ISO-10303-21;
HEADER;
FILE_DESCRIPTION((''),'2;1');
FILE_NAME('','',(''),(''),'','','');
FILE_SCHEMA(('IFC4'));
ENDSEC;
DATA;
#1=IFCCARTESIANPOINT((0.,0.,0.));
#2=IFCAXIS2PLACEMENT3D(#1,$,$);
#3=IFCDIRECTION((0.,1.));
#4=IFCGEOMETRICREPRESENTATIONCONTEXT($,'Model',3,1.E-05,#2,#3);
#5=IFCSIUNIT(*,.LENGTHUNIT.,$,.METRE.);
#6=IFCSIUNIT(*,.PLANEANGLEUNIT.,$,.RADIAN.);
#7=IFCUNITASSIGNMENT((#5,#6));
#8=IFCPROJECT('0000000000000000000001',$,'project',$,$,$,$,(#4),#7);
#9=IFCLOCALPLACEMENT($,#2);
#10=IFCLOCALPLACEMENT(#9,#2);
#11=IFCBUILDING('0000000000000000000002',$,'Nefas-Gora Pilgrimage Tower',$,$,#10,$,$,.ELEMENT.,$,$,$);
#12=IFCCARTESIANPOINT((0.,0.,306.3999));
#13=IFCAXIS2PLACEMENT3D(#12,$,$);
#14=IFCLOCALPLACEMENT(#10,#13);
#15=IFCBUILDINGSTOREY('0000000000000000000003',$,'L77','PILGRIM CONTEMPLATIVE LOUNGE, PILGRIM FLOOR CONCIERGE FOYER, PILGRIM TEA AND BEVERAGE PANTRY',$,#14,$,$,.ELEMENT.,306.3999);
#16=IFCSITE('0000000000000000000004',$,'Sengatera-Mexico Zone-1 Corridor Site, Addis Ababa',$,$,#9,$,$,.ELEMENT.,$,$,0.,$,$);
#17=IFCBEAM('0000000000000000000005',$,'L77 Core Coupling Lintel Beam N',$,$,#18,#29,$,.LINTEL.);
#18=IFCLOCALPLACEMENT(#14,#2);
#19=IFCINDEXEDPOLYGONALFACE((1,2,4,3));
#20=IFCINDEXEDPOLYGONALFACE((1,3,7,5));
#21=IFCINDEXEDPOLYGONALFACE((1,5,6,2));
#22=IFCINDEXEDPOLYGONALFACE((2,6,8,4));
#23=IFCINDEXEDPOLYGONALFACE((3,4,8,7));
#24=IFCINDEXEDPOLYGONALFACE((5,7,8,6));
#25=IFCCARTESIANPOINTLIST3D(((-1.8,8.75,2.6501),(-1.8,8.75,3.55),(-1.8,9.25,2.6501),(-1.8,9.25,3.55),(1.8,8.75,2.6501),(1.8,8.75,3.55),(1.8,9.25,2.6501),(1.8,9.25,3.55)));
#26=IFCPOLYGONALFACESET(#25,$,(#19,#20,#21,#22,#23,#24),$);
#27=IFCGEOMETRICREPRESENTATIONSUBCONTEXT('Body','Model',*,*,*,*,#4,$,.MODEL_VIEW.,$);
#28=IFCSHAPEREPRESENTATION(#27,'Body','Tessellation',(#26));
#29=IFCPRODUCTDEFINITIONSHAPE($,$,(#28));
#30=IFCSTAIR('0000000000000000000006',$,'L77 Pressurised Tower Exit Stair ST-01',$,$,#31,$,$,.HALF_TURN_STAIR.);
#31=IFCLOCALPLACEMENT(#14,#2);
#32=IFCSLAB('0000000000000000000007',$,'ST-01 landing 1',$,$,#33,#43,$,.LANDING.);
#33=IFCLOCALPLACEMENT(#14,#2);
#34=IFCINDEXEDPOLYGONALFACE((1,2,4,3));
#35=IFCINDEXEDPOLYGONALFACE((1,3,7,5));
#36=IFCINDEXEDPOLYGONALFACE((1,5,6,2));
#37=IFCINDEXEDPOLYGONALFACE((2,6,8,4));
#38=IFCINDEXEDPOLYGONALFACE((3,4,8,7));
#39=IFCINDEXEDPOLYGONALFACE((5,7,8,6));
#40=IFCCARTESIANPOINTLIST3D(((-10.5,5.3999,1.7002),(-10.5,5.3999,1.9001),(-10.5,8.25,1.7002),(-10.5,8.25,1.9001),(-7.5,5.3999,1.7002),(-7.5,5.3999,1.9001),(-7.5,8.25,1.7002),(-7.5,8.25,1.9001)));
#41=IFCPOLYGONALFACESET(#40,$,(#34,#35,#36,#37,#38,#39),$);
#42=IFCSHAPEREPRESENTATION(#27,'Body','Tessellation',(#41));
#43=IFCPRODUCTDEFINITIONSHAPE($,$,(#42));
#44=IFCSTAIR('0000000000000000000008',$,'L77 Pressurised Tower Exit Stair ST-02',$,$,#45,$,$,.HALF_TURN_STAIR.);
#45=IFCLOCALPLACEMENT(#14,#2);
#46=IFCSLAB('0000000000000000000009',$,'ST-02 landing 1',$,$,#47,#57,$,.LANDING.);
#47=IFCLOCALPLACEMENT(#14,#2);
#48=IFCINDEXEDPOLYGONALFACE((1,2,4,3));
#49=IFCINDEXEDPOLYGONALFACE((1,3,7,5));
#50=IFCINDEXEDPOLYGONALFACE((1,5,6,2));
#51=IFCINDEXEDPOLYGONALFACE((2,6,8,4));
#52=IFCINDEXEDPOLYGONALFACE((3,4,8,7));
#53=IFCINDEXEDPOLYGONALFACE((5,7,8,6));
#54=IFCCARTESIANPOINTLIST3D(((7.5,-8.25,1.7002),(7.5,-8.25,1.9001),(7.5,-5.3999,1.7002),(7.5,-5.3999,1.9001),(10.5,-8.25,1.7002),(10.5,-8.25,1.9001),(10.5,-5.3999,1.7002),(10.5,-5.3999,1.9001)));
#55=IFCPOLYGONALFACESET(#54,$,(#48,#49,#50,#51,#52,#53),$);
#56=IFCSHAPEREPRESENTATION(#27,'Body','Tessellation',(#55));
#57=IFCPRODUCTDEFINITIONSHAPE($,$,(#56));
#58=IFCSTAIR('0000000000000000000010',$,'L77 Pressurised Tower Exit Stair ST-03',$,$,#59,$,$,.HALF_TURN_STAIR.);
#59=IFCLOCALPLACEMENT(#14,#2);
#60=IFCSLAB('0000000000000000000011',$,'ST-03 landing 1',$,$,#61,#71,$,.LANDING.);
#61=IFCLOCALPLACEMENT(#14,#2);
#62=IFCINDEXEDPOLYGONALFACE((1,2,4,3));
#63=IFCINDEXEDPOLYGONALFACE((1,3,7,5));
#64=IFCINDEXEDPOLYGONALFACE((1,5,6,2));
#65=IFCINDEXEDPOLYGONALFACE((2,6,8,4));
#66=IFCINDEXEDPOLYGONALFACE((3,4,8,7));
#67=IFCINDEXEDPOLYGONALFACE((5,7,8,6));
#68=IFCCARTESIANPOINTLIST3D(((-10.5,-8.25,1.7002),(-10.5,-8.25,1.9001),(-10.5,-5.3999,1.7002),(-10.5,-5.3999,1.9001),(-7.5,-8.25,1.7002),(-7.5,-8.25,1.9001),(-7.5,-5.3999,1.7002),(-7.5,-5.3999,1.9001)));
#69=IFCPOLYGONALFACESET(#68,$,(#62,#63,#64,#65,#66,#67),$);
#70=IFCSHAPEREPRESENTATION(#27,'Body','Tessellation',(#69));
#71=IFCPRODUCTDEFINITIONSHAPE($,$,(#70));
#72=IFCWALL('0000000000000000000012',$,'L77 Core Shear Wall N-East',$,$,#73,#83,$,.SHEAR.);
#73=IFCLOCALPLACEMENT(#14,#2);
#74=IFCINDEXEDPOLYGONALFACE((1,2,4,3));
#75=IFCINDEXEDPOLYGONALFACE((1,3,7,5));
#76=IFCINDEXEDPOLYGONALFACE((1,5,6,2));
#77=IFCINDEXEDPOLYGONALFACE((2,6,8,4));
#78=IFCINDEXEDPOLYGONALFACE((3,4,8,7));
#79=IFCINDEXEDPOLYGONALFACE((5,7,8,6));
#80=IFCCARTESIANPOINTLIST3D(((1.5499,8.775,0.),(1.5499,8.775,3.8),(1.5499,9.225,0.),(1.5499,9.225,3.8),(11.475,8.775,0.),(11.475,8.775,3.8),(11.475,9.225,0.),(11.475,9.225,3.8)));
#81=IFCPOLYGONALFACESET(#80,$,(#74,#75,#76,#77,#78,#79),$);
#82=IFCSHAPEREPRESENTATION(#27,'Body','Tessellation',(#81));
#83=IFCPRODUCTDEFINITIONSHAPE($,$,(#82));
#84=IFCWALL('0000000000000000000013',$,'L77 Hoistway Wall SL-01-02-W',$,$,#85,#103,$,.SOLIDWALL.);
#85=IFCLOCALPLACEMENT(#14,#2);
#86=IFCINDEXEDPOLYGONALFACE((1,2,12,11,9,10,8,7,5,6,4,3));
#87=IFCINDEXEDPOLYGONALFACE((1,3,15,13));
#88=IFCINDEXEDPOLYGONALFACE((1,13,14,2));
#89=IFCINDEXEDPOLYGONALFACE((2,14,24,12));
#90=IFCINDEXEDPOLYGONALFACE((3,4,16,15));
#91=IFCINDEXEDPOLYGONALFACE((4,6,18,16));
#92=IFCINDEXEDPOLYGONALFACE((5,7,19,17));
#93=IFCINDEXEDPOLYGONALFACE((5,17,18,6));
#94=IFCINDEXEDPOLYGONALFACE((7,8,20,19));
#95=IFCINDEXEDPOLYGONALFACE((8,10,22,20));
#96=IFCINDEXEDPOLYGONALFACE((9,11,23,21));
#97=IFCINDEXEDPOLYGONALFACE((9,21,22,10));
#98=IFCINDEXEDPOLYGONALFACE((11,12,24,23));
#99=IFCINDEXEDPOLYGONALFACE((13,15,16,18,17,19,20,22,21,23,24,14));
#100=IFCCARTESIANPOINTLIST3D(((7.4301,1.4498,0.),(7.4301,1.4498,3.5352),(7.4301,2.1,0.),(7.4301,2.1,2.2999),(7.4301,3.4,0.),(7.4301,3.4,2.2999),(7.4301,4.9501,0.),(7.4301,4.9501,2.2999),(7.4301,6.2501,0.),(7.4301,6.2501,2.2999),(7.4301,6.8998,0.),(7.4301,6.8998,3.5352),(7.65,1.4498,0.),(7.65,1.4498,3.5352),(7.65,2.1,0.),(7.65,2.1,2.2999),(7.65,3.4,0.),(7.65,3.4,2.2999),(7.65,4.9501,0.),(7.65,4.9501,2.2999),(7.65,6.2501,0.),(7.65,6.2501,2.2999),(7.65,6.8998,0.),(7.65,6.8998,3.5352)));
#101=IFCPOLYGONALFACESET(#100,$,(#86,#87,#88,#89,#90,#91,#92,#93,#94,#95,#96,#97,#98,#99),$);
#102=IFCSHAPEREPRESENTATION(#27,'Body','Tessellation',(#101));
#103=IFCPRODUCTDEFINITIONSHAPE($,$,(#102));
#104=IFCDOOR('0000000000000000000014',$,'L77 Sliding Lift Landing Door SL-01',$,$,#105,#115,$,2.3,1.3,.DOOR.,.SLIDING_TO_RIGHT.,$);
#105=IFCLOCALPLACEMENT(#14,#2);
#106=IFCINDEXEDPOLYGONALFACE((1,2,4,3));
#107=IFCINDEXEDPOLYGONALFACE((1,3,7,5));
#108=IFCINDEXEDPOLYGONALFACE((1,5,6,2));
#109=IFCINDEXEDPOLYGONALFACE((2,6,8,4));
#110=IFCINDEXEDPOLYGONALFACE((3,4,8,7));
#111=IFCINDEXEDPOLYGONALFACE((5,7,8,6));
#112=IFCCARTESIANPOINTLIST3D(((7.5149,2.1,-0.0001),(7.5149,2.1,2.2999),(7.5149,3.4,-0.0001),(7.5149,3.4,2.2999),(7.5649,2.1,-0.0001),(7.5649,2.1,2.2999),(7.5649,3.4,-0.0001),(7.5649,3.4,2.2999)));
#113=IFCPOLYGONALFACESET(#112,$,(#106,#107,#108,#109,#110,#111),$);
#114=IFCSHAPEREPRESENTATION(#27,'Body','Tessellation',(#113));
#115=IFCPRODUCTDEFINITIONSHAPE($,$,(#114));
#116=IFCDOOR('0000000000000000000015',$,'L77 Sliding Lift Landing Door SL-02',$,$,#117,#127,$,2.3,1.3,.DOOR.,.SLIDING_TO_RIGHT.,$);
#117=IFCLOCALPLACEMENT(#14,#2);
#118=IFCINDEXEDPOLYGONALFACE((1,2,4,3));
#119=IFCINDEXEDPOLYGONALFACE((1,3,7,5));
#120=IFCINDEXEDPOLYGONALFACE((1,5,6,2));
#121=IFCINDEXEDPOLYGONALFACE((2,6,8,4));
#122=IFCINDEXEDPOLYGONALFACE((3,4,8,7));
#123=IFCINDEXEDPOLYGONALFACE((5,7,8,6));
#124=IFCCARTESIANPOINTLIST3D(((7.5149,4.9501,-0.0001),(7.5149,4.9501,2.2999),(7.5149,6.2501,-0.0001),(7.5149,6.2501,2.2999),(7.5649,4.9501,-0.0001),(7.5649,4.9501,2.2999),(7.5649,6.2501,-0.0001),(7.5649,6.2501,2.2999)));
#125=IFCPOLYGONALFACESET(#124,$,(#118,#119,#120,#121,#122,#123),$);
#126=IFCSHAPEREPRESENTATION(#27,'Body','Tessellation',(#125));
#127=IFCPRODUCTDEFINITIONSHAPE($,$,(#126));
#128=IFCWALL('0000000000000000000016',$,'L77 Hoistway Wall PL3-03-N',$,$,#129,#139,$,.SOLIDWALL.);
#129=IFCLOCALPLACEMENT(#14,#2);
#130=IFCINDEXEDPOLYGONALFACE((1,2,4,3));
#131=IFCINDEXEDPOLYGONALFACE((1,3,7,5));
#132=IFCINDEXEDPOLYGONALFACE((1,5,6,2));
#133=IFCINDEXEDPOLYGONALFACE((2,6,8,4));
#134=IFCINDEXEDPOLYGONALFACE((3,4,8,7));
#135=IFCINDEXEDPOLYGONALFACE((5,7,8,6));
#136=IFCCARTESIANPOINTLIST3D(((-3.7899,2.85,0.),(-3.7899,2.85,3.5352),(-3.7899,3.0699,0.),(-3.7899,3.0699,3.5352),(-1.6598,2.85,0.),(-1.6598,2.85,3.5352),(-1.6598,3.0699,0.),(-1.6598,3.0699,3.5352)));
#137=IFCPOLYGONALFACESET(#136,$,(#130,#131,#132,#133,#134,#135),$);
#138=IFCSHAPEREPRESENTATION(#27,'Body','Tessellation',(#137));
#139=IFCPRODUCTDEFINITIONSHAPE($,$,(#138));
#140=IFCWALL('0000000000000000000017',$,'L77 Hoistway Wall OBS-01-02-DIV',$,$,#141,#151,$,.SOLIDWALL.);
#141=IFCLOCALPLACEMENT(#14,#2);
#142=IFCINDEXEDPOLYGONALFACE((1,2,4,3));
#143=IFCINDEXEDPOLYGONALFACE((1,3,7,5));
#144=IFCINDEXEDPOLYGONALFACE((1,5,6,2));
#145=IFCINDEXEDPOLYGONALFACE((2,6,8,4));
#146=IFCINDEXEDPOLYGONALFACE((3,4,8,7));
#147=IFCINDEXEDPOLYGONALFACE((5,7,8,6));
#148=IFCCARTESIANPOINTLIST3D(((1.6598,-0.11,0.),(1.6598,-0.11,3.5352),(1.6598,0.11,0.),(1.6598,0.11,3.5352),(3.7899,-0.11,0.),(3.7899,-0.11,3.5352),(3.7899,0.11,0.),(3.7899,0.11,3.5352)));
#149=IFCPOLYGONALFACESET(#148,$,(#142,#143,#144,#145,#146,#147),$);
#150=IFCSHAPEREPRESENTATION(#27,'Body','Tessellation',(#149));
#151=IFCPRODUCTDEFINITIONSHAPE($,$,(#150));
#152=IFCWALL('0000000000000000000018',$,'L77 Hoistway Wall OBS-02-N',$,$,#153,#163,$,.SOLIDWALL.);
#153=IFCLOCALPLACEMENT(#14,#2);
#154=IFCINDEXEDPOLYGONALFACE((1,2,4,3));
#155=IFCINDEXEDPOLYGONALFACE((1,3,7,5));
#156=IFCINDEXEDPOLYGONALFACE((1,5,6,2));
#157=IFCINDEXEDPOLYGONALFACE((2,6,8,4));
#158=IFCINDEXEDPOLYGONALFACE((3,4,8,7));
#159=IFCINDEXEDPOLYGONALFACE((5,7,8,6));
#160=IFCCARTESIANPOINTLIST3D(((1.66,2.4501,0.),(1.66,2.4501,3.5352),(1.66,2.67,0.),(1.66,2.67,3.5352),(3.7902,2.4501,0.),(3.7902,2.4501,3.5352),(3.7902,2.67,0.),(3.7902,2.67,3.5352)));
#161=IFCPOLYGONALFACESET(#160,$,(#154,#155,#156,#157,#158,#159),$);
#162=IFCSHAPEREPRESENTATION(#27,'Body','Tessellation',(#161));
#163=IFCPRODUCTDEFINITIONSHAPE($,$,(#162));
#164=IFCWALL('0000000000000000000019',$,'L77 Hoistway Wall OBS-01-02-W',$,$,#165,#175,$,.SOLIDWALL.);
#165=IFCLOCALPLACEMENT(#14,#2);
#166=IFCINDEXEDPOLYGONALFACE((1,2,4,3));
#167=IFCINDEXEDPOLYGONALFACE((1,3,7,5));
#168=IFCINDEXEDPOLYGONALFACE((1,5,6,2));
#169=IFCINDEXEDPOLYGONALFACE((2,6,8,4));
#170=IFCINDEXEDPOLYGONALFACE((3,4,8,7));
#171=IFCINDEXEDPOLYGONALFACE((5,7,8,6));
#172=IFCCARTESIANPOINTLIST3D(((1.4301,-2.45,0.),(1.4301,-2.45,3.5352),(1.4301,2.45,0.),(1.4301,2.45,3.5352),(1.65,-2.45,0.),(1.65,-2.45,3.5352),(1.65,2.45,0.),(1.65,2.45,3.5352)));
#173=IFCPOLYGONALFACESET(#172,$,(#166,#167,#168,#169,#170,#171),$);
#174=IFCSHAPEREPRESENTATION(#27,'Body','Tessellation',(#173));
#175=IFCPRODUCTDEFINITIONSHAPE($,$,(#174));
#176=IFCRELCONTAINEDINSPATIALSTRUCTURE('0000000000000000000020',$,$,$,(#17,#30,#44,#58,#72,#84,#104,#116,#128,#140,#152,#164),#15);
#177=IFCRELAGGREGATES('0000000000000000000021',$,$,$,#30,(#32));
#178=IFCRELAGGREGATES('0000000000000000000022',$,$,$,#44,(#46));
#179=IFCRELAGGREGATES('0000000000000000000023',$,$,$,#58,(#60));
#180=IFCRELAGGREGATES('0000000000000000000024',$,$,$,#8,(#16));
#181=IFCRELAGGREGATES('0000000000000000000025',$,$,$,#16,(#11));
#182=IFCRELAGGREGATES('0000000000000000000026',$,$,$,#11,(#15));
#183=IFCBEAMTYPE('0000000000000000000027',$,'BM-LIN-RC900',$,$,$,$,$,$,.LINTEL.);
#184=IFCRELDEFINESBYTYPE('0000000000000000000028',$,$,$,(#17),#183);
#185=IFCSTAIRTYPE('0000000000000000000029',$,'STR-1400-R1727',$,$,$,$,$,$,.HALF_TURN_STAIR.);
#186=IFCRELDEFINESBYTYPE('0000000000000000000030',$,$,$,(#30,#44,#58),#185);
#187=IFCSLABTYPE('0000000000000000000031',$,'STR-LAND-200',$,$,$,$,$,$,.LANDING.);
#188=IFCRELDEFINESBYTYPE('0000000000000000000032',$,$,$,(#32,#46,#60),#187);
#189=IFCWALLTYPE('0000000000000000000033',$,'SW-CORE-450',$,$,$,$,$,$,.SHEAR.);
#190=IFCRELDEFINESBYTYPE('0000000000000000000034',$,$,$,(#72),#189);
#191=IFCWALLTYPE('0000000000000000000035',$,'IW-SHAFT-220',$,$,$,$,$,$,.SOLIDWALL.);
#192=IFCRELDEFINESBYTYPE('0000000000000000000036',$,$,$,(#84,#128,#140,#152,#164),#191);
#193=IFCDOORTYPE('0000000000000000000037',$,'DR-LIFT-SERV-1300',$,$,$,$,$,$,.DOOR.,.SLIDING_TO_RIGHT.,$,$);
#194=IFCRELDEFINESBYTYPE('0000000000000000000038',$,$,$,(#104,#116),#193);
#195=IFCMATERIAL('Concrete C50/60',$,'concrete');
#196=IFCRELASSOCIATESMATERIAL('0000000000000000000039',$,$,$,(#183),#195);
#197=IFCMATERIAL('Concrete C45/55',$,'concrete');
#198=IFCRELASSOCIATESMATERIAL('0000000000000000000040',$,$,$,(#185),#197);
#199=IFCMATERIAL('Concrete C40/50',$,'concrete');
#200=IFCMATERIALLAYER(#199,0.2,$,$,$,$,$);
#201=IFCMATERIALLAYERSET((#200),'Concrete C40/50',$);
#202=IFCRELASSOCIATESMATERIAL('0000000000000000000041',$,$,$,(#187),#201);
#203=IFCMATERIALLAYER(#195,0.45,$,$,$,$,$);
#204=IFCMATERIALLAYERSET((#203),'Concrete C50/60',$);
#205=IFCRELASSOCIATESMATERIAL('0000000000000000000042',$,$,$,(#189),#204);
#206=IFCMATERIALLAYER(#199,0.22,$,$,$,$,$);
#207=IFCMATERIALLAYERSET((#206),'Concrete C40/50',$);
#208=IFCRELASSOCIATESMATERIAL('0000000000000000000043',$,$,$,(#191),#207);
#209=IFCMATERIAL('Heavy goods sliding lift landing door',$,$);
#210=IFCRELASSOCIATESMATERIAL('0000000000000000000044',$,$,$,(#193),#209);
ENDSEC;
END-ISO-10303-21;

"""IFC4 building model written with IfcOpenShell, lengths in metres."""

from ifc_helpers import new_model, si_unit, direction, frame, frame_2d, origin, origin_2d, place, context, subcontext, project, spatial, polyline, rectangle, outline, extrude, source, transform, mapped, material, layer, layer_set, material_profile, profile_set, type_object, element, fill, aggregate, save


model = new_model("IFC4")

# Units and contexts
model_context = context("Model", 3, precision=1e-05, world=origin(), true_north=direction((0.0, 1.0)))
body_context = subcontext(model_context, "Body", "Model", "MODEL_VIEW")
ifc_project = project(units=[si_unit("LENGTHUNIT", "METRE"), si_unit("PLANEANGLEUNIT", "RADIAN")], contexts=[model_context])

# Site, building, storey
site_placement = place(None, origin())
site = spatial("IfcSite", under=ifc_project, at=site_placement, Name="Sengatera-Mexico Zone-1 Corridor Site, Addis Ababa", CompositionType="ELEMENT", RefElevation=0.0)
building_placement = place(site_placement, origin())
building = spatial("IfcBuilding", under=site, at=building_placement, Name="Nefas-Gora Pilgrimage Tower", CompositionType="ELEMENT")
storey_placement = place(building_placement, frame((0.0, 0.0, 306.3999)))
storey = spatial("IfcBuildingStorey", under=building, at=storey_placement, Name="L77", Description="PILGRIM CONTEMPLATIVE LOUNGE, PILGRIM FLOOR CONCIERGE FOYER, PILGRIM TEA AND BEVERAGE PANTRY", CompositionType="ELEMENT", Elevation=306.3999)

# Beam
ifc_material_1 = material(Name="Concrete C50/60", Category="concrete")
ifc_material_profile = material_profile(ifc_material_1, rectangle(XDim=0.5, YDim=0.8999, at=origin_2d()), Name="RC 500x900")
ifc_profile_set = profile_set([ifc_material_profile], Name="Concrete C50/60")
beam_type = type_object("IfcBeamType", Name="BM-LIN-RC900", PredefinedType="LINTEL", material=ifc_profile_set)
shared_shape_1 = source(origin(), body_context, "Body", "SweptSolid", [
    extrude(rectangle(XDim=0.5, YDim=0.8999, at=origin_2d()), origin(), (0.0, 0.0, 1.0), 3.6001),
])
beam_placement = place(storey_placement, frame((-1.8, 9.0, 3.1001), z_axis=(1.0, 0.0, 0.0), x_axis=(0.0, 1.0, 0.0)))
element("IfcBeam", 1, at=beam_placement, inside=storey, type_object=beam_type, Name="L77 Core Coupling Lintel Beam N", PredefinedType="LINTEL", context=body_context, shape_type="MappedRepresentation", body=[
    mapped(shared_shape_1, transform((0.0, 0.0, 0.0), x_axis=(1.0, 0.0, 0.0), y_axis=(0.0, 1.0, 0.0), z_axis=(0.0, 0.0, 1.0), scale=1.0)),
])

# Stairs, slabs
ifc_material_2 = material(Name="Concrete C45/55", Category="concrete")
stair_type = type_object("IfcStairType", Name="STR-1400-R1727", PredefinedType="HALF_TURN_STAIR", material=ifc_material_2)
stair_1_placement = place(storey_placement, origin())
stair_1 = element("IfcStair", 2, at=stair_1_placement, inside=storey, type_object=stair_type, Name="L77 Pressurised Tower Exit Stair ST-01", PredefinedType="HALF_TURN_STAIR")
ifc_material_3 = material(Name="Concrete C40/50", Category="concrete")
ifc_layer_1 = layer(ifc_material_3, 0.2)
ifc_layer_set_1 = layer_set([ifc_layer_1], Name="Concrete C40/50")
slab_type = type_object("IfcSlabType", Name="STR-LAND-200", PredefinedType="LANDING", material=ifc_layer_set_1)
slab_1_placement = place(storey_placement, frame((0.0, 0.0, 1.7002)))
slab_1 = element("IfcSlab", 3, at=slab_1_placement, type_object=slab_type, Name="ST-01 landing 1", PredefinedType="LANDING", context=body_context, shape_type="SweptSolid", body=[
    extrude(outline(polyline([(-7.5, 5.3999), (-7.5, 8.25), (-10.5, 8.25), (-10.5, 5.3999), (-7.5, 5.3999)])), origin(), (0.0, 0.0, 1.0), 0.2),
])
aggregate(stair_1, [slab_1])
stair_2_placement = place(storey_placement, origin())
stair_2 = element("IfcStair", 4, at=stair_2_placement, inside=storey, type_object=stair_type, Name="L77 Pressurised Tower Exit Stair ST-02", PredefinedType="HALF_TURN_STAIR")
slab_2_placement = place(storey_placement, frame((0.0, 0.0, 1.7002)))
slab_2 = element("IfcSlab", 5, at=slab_2_placement, type_object=slab_type, Name="ST-02 landing 1", PredefinedType="LANDING", context=body_context, shape_type="SweptSolid", body=[
    extrude(outline(polyline([(7.5, -5.3999), (7.5, -8.25), (10.5, -8.25), (10.5, -5.3999), (7.5, -5.3999)])), origin(), (0.0, 0.0, 1.0), 0.2),
])
aggregate(stair_2, [slab_2])
stair_3_placement = place(storey_placement, origin())
stair_3 = element("IfcStair", 6, at=stair_3_placement, inside=storey, type_object=stair_type, Name="L77 Pressurised Tower Exit Stair ST-03", PredefinedType="HALF_TURN_STAIR")
slab_3_placement = place(storey_placement, frame((0.0, 0.0, 1.7002)))
slab_3 = element("IfcSlab", 7, at=slab_3_placement, type_object=slab_type, Name="ST-03 landing 1", PredefinedType="LANDING", context=body_context, shape_type="SweptSolid", body=[
    extrude(outline(polyline([(-10.5, -5.3999), (-10.5, -8.25), (-7.5, -8.25), (-7.5, -5.3999), (-10.5, -5.3999)])), origin(), (0.0, 0.0, 1.0), 0.2),
])
aggregate(stair_3, [slab_3])

# Wall
ifc_layer_2 = layer(ifc_material_1, 0.45)
ifc_layer_set_2 = layer_set([ifc_layer_2], Name="Concrete C50/60")
wall_type_1 = type_object("IfcWallType", Name="SW-CORE-450", PredefinedType="SHEAR", material=ifc_layer_set_2)
shared_shape_2 = source(origin(), body_context, "Body", "SweptSolid", [
    extrude(rectangle(XDim=9.925, YDim=0.45, at=frame_2d((4.9624, 0.0))), origin(), (0.0, 0.0, 1.0), 3.8),
])
wall_1_placement = place(storey_placement, frame((1.55, 9.0, 0.0), z_axis=(0.0, 0.0, 1.0), x_axis=(1.0, 0.0, 0.0)))
element("IfcWall", 8, at=wall_1_placement, inside=storey, type_object=wall_type_1, Name="L77 Core Shear Wall N-East", PredefinedType="SHEAR", context=body_context, shape_type="MappedRepresentation", body=[
    mapped(shared_shape_2, transform((0.0, 0.0, 0.0), x_axis=(1.0, 0.0, 0.0), y_axis=(0.0, 1.0, 0.0), z_axis=(0.0, 0.0, 1.0), scale=1.0)),
])

# Wall, openings, doors
ifc_layer_3 = layer(ifc_material_3, 0.22)
ifc_layer_set_3 = layer_set([ifc_layer_3], Name="Concrete C40/50")
wall_type_2 = type_object("IfcWallType", Name="IW-SHAFT-220", PredefinedType="SOLIDWALL", material=ifc_layer_set_3)
shared_shape_3 = source(origin(), body_context, "Body", "SweptSolid", [
    extrude(rectangle(XDim=5.45, YDim=0.22, at=frame_2d((2.7251, 0.0))), origin(), (0.0, 0.0, 1.0), 3.5352),
])
wall_2_placement = place(storey_placement, frame((7.54, 6.8999, 0.0), z_axis=(0.0, 0.0, 1.0), x_axis=(0.0, -1.0, 0.0)))
wall_2 = element("IfcWall", 9, at=wall_2_placement, inside=storey, type_object=wall_type_2, Name="L77 Hoistway Wall SL-01-02-W", PredefinedType="SOLIDWALL", context=body_context, shape_type="MappedRepresentation", body=[
    mapped(shared_shape_3, transform((0.0, 0.0, 0.0), x_axis=(1.0, 0.0, 0.0), y_axis=(0.0, 1.0, 0.0), z_axis=(0.0, 0.0, 1.0), scale=1.0)),
])
opening_1_placement = place(wall_2_placement, frame((3.5, 0.0, 0.0)))
opening_1 = element("IfcOpeningElement", 10, at=opening_1_placement, cuts=wall_2, PredefinedType="OPENING", context=body_context, shape_type="SweptSolid", body=[
    extrude(rectangle(XDim=1.3, YDim=2.3, at=frame_2d((0.6499, 1.1499))), frame((0.0, 0.1199, 0.0), z_axis=(0.0, -1.0, 0.0), x_axis=(1.0, 0.0, 0.0)), (0.0, 0.0, 1.0), 0.24),
])
opening_2_placement = place(wall_2_placement, frame((0.6499, 0.0, 0.0)))
opening_2 = element("IfcOpeningElement", 11, at=opening_2_placement, cuts=wall_2, PredefinedType="OPENING", context=body_context, shape_type="SweptSolid", body=[
    extrude(rectangle(XDim=1.3, YDim=2.3, at=frame_2d((0.6499, 1.1499))), frame((0.0, 0.1199, 0.0), z_axis=(0.0, -1.0, 0.0), x_axis=(1.0, 0.0, 0.0)), (0.0, 0.0, 1.0), 0.24),
])
ifc_material_4 = material(Name="Heavy goods sliding lift landing door")
door_type_1 = type_object("IfcDoorType", Name="DR-LIFT-SERV-1300", OperationType="SLIDING_TO_RIGHT", PredefinedType="DOOR", material=ifc_material_4)
shared_shape_4 = source(origin(), body_context, "Body", "SweptSolid", [
    extrude(rectangle(XDim=1.3, YDim=2.3, at=frame_2d((0.6499, 1.1499))), frame((0.0, 0.0249, 0.0), z_axis=(0.0, -1.0, 0.0), x_axis=(1.0, 0.0, 0.0)), (0.0, 0.0, 1.0), 0.05),
])
door_1_placement = place(opening_1_placement, origin())
door_1 = element("IfcDoor", 12, at=door_1_placement, inside=storey, type_object=door_type_1, Name="L77 Sliding Lift Landing Door SL-01", OperationType="SLIDING_TO_RIGHT", OverallHeight=2.3, OverallWidth=1.3, PredefinedType="DOOR", context=body_context, shape_type="MappedRepresentation", body=[
    mapped(shared_shape_4, transform((0.0, 0.0, 0.0), x_axis=(1.0, 0.0, 0.0), y_axis=(0.0, 1.0, 0.0), z_axis=(0.0, 0.0, 1.0), scale=1.0)),
])
fill(opening_1, door_1)
door_2_placement = place(opening_2_placement, origin())
door_2 = element("IfcDoor", 13, at=door_2_placement, inside=storey, type_object=door_type_1, Name="L77 Sliding Lift Landing Door SL-02", OperationType="SLIDING_TO_RIGHT", OverallHeight=2.3, OverallWidth=1.3, PredefinedType="DOOR", context=body_context, shape_type="MappedRepresentation", body=[
    mapped(shared_shape_4, transform((0.0, 0.0, 0.0), x_axis=(1.0, 0.0, 0.0), y_axis=(0.0, 1.0, 0.0), z_axis=(0.0, 0.0, 1.0), scale=1.0)),
])
fill(opening_2, door_2)

# Walls
shared_shape_5 = source(origin(), body_context, "Body", "SweptSolid", [
    extrude(rectangle(XDim=2.1301, YDim=0.22, at=frame_2d((1.0649, 0.0))), origin(), (0.0, 0.0, 1.0), 3.5352),
])
for number, where, z_axis, x_axis, name in (
    (14, (-1.6599, 2.96, 0.0), (0.0, 0.0, 1.0), (-1.0, 0.0, 0.0), "L77 Hoistway Wall PL3-03-N"),
    (15, (1.6599, 0.0, 0.0), (0.0, 0.0, 1.0), (1.0, 0.0, 0.0), "L77 Hoistway Wall OBS-01-02-DIV"),
    (16, (3.79, 2.5601, 0.0), (0.0, 0.0, 1.0), (-1.0, 0.0, 0.0), "L77 Hoistway Wall OBS-02-N"),
):
    element("IfcWall", number, at=place(storey_placement, frame(where, z_axis=z_axis, x_axis=x_axis)), inside=storey, type_object=wall_type_2, Name=name, PredefinedType="SOLIDWALL", context=body_context, shape_type="MappedRepresentation", body=[
        mapped(shared_shape_5, transform((0.0, 0.0, 0.0), x_axis=(1.0, 0.0, 0.0), y_axis=(0.0, 1.0, 0.0), z_axis=(0.0, 0.0, 1.0), scale=1.0)),
    ])
shared_shape_6 = source(origin(), body_context, "Body", "SweptSolid", [
    extrude(rectangle(XDim=4.8999, YDim=0.22, at=frame_2d((2.45, 0.0))), origin(), (0.0, 0.0, 1.0), 3.5352),
])
wall_3_placement = place(storey_placement, frame((1.54, 2.45, 0.0), z_axis=(0.0, 0.0, 1.0), x_axis=(0.0, -1.0, 0.0)))
element("IfcWall", 17, at=wall_3_placement, inside=storey, type_object=wall_type_2, Name="L77 Hoistway Wall OBS-01-02-W", PredefinedType="SOLIDWALL", context=body_context, shape_type="MappedRepresentation", body=[
    mapped(shared_shape_6, transform((0.0, 0.0, 0.0), x_axis=(1.0, 0.0, 0.0), y_axis=(0.0, 1.0, 0.0), z_axis=(0.0, 0.0, 1.0), scale=1.0)),
])

save(model, "model.ifc")
